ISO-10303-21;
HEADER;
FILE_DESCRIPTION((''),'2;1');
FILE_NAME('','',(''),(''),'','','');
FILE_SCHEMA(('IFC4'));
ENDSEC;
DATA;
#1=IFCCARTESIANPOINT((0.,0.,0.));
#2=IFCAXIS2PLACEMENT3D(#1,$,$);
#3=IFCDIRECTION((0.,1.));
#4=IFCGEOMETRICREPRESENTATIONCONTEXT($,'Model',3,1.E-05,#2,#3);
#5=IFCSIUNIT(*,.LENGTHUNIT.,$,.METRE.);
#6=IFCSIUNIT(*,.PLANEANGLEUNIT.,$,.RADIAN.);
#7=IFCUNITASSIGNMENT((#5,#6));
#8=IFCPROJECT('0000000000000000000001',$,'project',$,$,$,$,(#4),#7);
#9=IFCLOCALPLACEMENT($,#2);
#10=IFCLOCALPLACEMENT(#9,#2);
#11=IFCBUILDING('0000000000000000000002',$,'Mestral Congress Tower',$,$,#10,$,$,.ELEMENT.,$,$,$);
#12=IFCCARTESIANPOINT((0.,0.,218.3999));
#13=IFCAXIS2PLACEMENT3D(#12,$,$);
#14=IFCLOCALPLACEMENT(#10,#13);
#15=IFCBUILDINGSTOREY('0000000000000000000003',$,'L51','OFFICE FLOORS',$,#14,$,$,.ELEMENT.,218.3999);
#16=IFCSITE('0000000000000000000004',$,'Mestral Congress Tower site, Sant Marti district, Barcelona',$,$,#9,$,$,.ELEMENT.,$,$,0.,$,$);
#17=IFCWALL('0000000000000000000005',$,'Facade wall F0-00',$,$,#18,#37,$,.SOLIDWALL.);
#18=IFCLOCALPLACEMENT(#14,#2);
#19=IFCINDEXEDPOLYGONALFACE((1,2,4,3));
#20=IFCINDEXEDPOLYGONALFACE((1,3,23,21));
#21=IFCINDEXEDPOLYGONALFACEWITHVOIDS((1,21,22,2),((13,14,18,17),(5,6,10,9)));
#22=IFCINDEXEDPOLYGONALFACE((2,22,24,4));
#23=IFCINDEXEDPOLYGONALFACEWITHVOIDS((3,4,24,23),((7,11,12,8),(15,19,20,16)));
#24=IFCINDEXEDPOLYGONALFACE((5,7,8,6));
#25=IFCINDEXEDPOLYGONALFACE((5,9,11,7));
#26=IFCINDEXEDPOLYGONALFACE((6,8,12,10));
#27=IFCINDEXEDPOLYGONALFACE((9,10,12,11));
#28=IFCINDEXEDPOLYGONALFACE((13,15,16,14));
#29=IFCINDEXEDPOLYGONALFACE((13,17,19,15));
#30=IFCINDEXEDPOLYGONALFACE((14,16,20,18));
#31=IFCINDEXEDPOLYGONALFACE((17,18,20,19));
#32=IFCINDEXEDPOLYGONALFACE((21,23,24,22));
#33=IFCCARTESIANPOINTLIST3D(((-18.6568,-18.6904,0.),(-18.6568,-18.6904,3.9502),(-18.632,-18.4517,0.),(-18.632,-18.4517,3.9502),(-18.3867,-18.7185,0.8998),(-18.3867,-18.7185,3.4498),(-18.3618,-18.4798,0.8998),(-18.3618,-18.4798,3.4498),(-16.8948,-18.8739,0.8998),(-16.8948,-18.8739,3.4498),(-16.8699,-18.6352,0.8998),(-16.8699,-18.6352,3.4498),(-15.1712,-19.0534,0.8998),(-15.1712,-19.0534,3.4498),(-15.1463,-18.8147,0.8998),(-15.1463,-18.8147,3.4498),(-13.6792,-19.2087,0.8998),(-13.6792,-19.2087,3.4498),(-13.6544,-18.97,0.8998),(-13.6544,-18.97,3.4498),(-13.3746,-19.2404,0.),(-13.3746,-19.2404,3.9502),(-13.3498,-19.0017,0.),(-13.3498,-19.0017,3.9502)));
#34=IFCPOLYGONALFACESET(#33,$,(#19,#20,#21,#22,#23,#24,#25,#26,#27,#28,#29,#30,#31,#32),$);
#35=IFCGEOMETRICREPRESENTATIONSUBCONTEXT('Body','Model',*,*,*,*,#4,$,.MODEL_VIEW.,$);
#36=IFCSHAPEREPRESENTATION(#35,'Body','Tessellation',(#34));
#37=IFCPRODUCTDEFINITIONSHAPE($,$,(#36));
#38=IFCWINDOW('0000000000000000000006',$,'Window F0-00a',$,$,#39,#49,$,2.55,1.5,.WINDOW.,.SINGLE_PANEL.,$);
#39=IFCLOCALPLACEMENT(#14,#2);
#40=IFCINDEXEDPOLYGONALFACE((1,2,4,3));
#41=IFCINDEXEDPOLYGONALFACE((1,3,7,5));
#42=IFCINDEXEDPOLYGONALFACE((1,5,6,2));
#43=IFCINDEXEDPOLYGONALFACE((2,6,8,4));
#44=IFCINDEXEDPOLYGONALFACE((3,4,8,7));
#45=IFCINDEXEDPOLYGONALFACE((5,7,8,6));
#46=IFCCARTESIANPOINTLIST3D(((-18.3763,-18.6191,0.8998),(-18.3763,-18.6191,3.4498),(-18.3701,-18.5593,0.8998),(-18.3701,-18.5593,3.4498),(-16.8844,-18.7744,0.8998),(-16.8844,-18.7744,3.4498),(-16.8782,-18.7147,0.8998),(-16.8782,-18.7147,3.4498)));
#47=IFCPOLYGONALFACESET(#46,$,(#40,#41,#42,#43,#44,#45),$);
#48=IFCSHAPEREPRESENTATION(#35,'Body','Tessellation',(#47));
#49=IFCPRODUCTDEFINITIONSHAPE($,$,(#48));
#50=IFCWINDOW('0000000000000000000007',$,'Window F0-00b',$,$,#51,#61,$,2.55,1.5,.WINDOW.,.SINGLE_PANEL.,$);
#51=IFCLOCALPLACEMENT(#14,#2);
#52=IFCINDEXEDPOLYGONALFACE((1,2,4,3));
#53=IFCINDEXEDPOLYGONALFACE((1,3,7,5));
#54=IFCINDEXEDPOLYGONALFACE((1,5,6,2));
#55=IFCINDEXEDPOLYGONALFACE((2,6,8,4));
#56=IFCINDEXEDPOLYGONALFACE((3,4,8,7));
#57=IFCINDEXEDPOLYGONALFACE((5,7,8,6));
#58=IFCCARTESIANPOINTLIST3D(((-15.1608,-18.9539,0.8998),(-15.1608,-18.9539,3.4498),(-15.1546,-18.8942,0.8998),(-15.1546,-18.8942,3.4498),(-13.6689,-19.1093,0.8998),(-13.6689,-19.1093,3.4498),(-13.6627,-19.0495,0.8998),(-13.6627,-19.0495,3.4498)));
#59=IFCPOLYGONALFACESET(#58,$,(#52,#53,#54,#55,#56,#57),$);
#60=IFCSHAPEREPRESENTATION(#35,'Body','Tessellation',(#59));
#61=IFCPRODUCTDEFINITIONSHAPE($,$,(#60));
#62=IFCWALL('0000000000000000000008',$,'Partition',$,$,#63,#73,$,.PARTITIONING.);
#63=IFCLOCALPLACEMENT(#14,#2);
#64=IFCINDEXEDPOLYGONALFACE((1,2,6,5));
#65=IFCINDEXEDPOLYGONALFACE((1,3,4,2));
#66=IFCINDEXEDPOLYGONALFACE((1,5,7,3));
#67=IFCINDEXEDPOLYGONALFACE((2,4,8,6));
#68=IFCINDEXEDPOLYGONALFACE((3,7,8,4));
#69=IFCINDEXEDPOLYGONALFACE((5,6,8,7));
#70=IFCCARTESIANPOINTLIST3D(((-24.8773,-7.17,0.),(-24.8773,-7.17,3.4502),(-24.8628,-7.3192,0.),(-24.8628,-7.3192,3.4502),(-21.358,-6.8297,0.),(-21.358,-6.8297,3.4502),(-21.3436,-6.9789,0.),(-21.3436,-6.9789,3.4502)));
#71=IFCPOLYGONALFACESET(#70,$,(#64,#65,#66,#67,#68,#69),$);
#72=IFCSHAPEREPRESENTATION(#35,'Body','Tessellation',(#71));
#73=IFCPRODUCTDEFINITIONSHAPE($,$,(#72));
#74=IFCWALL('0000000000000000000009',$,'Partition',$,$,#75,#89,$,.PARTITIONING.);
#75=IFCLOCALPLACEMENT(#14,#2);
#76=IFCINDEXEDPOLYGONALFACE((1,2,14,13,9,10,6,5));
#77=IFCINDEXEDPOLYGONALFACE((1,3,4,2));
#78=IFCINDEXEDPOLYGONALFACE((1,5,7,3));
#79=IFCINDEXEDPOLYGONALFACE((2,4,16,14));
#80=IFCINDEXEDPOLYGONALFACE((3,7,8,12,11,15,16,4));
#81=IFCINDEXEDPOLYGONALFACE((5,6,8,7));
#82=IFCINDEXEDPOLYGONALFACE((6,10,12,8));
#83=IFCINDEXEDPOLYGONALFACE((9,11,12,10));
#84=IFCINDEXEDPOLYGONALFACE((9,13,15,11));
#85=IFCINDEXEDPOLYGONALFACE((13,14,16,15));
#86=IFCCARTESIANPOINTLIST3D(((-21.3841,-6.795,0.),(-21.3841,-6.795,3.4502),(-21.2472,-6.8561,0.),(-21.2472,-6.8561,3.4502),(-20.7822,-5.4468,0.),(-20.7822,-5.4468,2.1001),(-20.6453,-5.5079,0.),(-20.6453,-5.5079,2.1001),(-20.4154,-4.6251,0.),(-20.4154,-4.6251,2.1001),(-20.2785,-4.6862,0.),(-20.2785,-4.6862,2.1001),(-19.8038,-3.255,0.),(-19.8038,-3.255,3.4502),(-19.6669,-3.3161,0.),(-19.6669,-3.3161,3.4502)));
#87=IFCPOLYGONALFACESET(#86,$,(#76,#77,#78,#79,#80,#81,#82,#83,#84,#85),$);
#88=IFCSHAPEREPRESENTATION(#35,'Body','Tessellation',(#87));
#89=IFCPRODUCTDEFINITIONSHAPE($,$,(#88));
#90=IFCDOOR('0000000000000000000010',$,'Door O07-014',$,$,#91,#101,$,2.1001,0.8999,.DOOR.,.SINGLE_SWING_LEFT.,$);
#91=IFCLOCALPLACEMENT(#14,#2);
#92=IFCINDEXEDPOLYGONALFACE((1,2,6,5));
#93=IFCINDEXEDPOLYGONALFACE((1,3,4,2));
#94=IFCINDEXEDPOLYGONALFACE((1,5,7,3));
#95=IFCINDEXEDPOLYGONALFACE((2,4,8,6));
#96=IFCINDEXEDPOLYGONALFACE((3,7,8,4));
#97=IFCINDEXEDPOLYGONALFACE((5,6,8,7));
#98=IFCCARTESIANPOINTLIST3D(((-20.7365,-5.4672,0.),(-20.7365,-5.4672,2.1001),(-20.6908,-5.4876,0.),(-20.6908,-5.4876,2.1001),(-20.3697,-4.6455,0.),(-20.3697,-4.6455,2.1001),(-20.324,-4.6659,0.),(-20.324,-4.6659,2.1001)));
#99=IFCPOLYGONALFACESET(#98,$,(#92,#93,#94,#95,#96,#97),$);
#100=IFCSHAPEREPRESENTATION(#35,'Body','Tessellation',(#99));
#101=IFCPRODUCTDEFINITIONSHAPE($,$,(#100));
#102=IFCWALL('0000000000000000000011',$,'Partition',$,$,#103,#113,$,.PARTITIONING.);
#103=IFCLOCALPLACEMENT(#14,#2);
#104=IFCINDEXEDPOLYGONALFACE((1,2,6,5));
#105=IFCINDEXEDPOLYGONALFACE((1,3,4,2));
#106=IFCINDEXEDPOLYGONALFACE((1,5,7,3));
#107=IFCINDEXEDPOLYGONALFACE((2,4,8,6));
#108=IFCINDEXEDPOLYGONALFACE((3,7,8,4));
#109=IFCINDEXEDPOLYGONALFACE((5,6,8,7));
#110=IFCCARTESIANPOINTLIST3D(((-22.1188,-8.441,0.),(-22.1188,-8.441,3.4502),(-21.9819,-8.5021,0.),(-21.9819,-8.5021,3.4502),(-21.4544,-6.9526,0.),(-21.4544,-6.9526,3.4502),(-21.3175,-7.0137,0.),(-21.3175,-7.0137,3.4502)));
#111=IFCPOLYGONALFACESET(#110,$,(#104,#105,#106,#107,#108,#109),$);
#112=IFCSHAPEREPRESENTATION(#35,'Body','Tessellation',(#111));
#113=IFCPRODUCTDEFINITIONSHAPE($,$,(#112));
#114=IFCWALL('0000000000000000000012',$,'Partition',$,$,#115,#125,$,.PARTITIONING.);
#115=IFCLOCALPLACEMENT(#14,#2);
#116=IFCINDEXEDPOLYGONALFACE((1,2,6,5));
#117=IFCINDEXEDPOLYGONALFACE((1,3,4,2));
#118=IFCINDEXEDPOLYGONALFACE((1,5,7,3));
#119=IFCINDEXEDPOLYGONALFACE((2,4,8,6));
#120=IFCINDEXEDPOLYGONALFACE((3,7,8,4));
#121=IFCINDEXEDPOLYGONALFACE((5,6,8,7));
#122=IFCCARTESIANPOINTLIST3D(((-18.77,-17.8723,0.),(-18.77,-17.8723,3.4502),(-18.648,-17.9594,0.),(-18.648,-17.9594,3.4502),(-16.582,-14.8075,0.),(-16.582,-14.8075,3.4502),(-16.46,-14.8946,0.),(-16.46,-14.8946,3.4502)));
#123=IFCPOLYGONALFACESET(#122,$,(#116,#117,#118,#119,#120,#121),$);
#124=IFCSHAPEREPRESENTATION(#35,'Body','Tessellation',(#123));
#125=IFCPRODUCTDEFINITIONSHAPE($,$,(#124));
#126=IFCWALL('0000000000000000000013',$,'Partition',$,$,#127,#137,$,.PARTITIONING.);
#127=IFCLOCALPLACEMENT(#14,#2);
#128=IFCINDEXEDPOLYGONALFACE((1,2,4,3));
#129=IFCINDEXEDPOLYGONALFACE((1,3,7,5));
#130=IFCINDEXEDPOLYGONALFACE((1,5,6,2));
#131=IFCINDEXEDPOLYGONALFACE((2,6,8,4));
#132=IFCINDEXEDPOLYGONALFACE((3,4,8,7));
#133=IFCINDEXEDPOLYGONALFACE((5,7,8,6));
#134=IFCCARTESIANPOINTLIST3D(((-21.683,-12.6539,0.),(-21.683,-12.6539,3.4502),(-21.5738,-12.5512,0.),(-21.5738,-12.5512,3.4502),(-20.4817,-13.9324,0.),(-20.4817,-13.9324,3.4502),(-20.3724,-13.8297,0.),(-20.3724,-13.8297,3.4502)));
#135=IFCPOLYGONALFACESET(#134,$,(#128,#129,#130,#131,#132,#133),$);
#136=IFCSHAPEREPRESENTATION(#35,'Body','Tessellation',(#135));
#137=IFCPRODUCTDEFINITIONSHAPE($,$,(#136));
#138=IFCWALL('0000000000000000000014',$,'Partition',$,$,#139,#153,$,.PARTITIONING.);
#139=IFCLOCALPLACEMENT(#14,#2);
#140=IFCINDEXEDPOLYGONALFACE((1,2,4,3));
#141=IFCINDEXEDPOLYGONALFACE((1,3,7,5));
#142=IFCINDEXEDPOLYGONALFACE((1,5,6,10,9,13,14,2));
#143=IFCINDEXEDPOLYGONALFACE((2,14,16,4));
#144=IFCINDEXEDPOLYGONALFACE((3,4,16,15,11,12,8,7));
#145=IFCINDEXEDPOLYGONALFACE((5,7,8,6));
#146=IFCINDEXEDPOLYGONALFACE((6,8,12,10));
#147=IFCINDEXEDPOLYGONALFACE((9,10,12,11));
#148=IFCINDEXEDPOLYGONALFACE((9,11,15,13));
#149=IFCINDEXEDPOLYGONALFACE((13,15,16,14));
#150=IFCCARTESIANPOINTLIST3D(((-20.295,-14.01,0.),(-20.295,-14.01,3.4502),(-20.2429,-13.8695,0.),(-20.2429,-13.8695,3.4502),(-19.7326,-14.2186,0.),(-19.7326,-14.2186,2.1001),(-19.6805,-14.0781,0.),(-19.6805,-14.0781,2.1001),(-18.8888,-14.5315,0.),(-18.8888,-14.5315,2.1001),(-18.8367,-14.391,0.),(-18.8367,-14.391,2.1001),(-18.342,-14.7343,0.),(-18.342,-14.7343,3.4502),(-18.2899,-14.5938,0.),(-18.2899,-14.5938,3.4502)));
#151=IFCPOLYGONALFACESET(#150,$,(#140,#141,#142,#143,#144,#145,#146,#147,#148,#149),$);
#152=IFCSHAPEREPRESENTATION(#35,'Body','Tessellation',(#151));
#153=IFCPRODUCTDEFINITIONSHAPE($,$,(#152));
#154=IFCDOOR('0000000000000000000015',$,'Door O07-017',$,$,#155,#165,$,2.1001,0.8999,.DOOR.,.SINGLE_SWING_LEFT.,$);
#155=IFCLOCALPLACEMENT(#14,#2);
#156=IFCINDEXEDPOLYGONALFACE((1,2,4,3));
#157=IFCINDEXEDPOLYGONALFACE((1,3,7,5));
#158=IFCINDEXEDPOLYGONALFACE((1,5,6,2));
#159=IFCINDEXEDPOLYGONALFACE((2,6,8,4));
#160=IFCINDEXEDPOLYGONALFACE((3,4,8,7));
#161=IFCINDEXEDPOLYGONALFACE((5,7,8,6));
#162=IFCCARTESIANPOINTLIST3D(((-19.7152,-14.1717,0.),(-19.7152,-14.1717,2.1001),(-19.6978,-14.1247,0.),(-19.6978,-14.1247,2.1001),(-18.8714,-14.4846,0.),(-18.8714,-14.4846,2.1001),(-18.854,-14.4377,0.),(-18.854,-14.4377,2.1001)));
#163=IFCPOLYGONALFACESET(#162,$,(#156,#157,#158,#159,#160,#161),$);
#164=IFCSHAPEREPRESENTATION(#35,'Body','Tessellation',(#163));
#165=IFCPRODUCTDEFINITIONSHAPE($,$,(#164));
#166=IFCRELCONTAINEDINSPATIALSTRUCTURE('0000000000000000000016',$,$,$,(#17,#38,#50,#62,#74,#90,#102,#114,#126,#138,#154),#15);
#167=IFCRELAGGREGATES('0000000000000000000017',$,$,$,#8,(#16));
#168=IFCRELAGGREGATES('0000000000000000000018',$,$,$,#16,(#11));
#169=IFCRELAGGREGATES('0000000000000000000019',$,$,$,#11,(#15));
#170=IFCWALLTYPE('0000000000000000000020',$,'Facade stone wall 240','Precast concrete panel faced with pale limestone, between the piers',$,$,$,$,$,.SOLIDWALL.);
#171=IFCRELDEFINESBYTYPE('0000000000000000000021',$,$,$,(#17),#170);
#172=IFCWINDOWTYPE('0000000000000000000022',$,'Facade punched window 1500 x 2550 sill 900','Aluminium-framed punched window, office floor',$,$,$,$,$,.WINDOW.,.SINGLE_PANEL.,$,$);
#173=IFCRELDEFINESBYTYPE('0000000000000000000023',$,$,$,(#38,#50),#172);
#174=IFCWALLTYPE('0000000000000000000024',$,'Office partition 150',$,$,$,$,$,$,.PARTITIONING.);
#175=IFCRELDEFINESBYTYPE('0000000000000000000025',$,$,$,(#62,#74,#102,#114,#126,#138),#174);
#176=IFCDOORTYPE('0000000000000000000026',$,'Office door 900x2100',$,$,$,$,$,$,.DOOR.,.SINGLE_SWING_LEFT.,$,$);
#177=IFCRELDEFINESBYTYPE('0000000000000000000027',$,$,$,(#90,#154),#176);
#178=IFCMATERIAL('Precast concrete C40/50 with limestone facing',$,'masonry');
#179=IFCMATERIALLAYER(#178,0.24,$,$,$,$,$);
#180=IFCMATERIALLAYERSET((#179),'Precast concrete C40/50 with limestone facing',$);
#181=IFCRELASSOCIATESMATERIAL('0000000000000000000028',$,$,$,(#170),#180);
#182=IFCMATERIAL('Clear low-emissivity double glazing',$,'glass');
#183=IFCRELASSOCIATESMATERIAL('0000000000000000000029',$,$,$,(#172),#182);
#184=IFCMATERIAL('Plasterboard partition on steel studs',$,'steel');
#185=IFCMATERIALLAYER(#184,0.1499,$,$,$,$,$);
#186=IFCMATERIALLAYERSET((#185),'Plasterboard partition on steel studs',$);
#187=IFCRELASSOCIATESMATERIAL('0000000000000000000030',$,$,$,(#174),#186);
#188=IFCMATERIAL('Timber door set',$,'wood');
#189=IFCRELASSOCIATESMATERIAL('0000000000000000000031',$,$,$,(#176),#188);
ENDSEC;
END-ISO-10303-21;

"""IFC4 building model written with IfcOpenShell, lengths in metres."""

from ifc_helpers import new_model, si_unit, direction, frame, frame_2d, origin, place, context, subcontext, project, spatial, rectangle, extrude, material, layer, layer_set, type_object, element, fill, save


model = new_model("IFC4")

# Units and contexts
model_context = context("Model", 3, precision=1e-05, world=origin(), true_north=direction((0.0, 1.0)))
body_context = subcontext(model_context, "Body", "Model", "MODEL_VIEW")
ifc_project = project(units=[si_unit("LENGTHUNIT", "METRE"), si_unit("PLANEANGLEUNIT", "RADIAN")], contexts=[model_context])

# Site, building, storey
site_placement = place(None, origin())
site = spatial("IfcSite", under=ifc_project, at=site_placement, Name="Mestral Congress Tower site, Sant Marti district, Barcelona", CompositionType="ELEMENT", RefElevation=0.0)
building_placement = place(site_placement, origin())
building = spatial("IfcBuilding", under=site, at=building_placement, Name="Mestral Congress Tower", CompositionType="ELEMENT")
storey_placement = place(building_placement, frame((0.0, 0.0, 218.3999)))
storey = spatial("IfcBuildingStorey", under=building, at=storey_placement, Name="L51", Description="OFFICE FLOORS", CompositionType="ELEMENT", Elevation=218.3999)

# Wall, openings, windows
ifc_material_1 = material(Name="Precast concrete C40/50 with limestone facing", Category="masonry")
ifc_layer_1 = layer(ifc_material_1, 0.24)
ifc_layer_set_1 = layer_set([ifc_layer_1], Name="Precast concrete C40/50 with limestone facing")
wall_type_1 = type_object("IfcWallType", Name="Facade stone wall 240", Description="Precast concrete panel faced with pale limestone, between the piers", PredefinedType="SOLIDWALL", material=ifc_layer_set_1)
wall_1_placement = place(storey_placement, frame((-18.6443, -18.571, 0.0), z_axis=(0.0, 0.0, 1.0), x_axis=(0.994622, -0.103572, 0.0)))
wall_1 = element("IfcWall", 1, at=wall_1_placement, inside=storey, type_object=wall_type_1, Name="Facade wall F0-00", PredefinedType="SOLIDWALL", context=body_context, shape_type="SweptSolid", body=[
    extrude(rectangle(XDim=5.3108, YDim=0.24, at=frame_2d((2.6553, 0.0))), origin(), (0.0, 0.0, 1.0), 3.9502),
])
opening_1_placement = place(wall_1_placement, frame((0.2715, 0.0, 0.8999)))
opening_1 = element("IfcOpeningElement", 2, at=opening_1_placement, cuts=wall_1, PredefinedType="OPENING", context=body_context, shape_type="SweptSolid", body=[
    extrude(rectangle(XDim=1.5, YDim=2.55, at=frame_2d((0.75, 1.2749))), frame((0.0, 0.1299, 0.0), z_axis=(0.0, -1.0, 0.0), x_axis=(1.0, 0.0, 0.0)), (0.0, 0.0, 1.0), 0.26),
])
opening_2_placement = place(wall_1_placement, frame((3.5044, 0.0, 0.8999)))
opening_2 = element("IfcOpeningElement", 3, at=opening_2_placement, cuts=wall_1, PredefinedType="OPENING", context=body_context, shape_type="SweptSolid", body=[
    extrude(rectangle(XDim=1.5, YDim=2.55, at=frame_2d((0.75, 1.2749))), frame((0.0, 0.1299, 0.0), z_axis=(0.0, -1.0, 0.0), x_axis=(1.0, 0.0, 0.0)), (0.0, 0.0, 1.0), 0.26),
])
ifc_material_2 = material(Name="Clear low-emissivity double glazing", Category="glass")
window_type = type_object("IfcWindowType", Name="Facade punched window 1500 x 2550 sill 900", Description="Aluminium-framed punched window, office floor", PartitioningType="SINGLE_PANEL", PredefinedType="WINDOW", material=ifc_material_2)
window_1_placement = place(opening_1_placement, origin())
window_1 = element("IfcWindow", 4, at=window_1_placement, inside=storey, type_object=window_type, Name="Window F0-00a", OverallHeight=2.55, OverallWidth=1.5, PartitioningType="SINGLE_PANEL", PredefinedType="WINDOW", context=body_context, shape_type="SweptSolid", body=[
    extrude(rectangle(XDim=1.5, YDim=2.55, at=frame_2d((0.75, 1.2749))), frame((0.0, 0.04, 0.0), z_axis=(0.0, -1.0, 0.0), x_axis=(1.0, 0.0, 0.0)), (0.0, 0.0, 1.0), 0.0601),
])
fill(opening_1, window_1)
window_2_placement = place(opening_2_placement, origin())
window_2 = element("IfcWindow", 5, at=window_2_placement, inside=storey, type_object=window_type, Name="Window F0-00b", OverallHeight=2.55, OverallWidth=1.5, PartitioningType="SINGLE_PANEL", PredefinedType="WINDOW", context=body_context, shape_type="SweptSolid", body=[
    extrude(rectangle(XDim=1.5, YDim=2.55, at=frame_2d((0.75, 1.2749))), frame((0.0, 0.04, 0.0), z_axis=(0.0, -1.0, 0.0), x_axis=(1.0, 0.0, 0.0)), (0.0, 0.0, 1.0), 0.0601),
])
fill(opening_2, window_2)

# Wall
ifc_material_3 = material(Name="Plasterboard partition on steel studs", Category="steel")
ifc_layer_2 = layer(ifc_material_3, 0.1499)
ifc_layer_set_2 = layer_set([ifc_layer_2], Name="Plasterboard partition on steel studs")
wall_type_2 = type_object("IfcWallType", Name="Office partition 150", PredefinedType="PARTITIONING", material=ifc_layer_set_2)
wall_2_placement = place(storey_placement, frame((-21.3508, -6.9043, 0.0), z_axis=(0.0, 0.0, 1.0), x_axis=(-0.995357, -0.096256, 0.0)))
element("IfcWall", 6, at=wall_2_placement, inside=storey, type_object=wall_type_2, Name="Partition", PredefinedType="PARTITIONING", context=body_context, shape_type="SweptSolid", body=[
    extrude(rectangle(XDim=3.5356, YDim=0.1499, at=frame_2d((1.7678, 0.0))), origin(), (0.0, 0.0, 1.0), 3.4502),
])

# Wall, opening, door
wall_3_placement = place(storey_placement, frame((-21.3157, -6.8257, 0.0), z_axis=(0.0, 0.0, 1.0), x_axis=(0.40764, 0.913143, 0.0)))
wall_3 = element("IfcWall", 7, at=wall_3_placement, inside=storey, type_object=wall_type_2, Name="Partition", PredefinedType="PARTITIONING", context=body_context, shape_type="SweptSolid", body=[
    extrude(rectangle(XDim=3.8767, YDim=0.1499, at=frame_2d((1.9385, 0.0))), origin(), (0.0, 0.0, 1.0), 3.4502),
])
opening_3_placement = place(wall_3_placement, frame((1.4766, 0.0, 0.0)))
opening_3 = element("IfcOpeningElement", 8, at=opening_3_placement, cuts=wall_3, PredefinedType="OPENING", context=body_context, shape_type="SweptSolid", body=[
    extrude(rectangle(XDim=0.8999, YDim=2.1001, at=frame_2d((0.45, 1.05))), frame((0.0, 0.085, 0.0), z_axis=(0.0, -1.0, 0.0), x_axis=(1.0, 0.0, 0.0)), (0.0, 0.0, 1.0), 0.1699),
])
ifc_material_4 = material(Name="Timber door set", Category="wood")
door_type_1 = type_object("IfcDoorType", Name="Office door 900x2100", OperationType="SINGLE_SWING_LEFT", PredefinedType="DOOR", material=ifc_material_4)
door_1_placement = place(opening_3_placement, origin())
door_1 = element("IfcDoor", 9, at=door_1_placement, inside=storey, type_object=door_type_1, Name="Door O07-014", OperationType="SINGLE_SWING_LEFT", OverallHeight=2.1001, OverallWidth=0.8999, PredefinedType="DOOR", context=body_context, shape_type="SweptSolid", body=[
    extrude(rectangle(XDim=0.8999, YDim=2.1001, at=frame_2d((0.45, 1.05))), frame((0.0, 0.0249, 0.0), z_axis=(0.0, -1.0, 0.0), x_axis=(1.0, 0.0, 0.0)), (0.0, 0.0, 1.0), 0.05),
])
fill(opening_3, door_1)

# Walls
wall_4_placement = place(storey_placement, frame((-21.386, -6.9832, 0.0), z_axis=(0.0, 0.0, 1.0), x_axis=(-0.407597, -0.913162, 0.0)))
element("IfcWall", 10, at=wall_4_placement, inside=storey, type_object=wall_type_2, Name="Partition", PredefinedType="PARTITIONING", context=body_context, shape_type="SweptSolid", body=[
    extrude(rectangle(XDim=1.6299, YDim=0.1499, at=frame_2d((0.8149, 0.0))), origin(), (0.0, 0.0, 1.0), 3.4502),
])
wall_5_placement = place(storey_placement, frame((-16.521, -14.8511, 0.0), z_axis=(0.0, 0.0, 1.0), x_axis=(-0.581048, -0.813869, 0.0)))
element("IfcWall", 11, at=wall_5_placement, inside=storey, type_object=wall_type_2, Name="Partition", PredefinedType="PARTITIONING", context=body_context, shape_type="SweptSolid", body=[
    extrude(rectangle(XDim=3.7656, YDim=0.1499, at=frame_2d((1.8828, 0.0))), origin(), (0.0, 0.0, 1.0), 3.4502),
])
wall_6_placement = place(storey_placement, frame((-21.6284, -12.6025, 0.0), z_axis=(0.0, 0.0, 1.0), x_axis=(0.684778, -0.728751, 0.0)))
element("IfcWall", 12, at=wall_6_placement, inside=storey, type_object=wall_type_2, Name="Partition", PredefinedType="PARTITIONING", context=body_context, shape_type="SweptSolid", body=[
    extrude(rectangle(XDim=1.7544, YDim=0.1499, at=frame_2d((0.8772, 0.0))), origin(), (0.0, 0.0, 1.0), 3.4502),
])

# Wall, opening, door
wall_7_placement = place(storey_placement, frame((-18.3159, -14.6641, 0.0), z_axis=(0.0, 0.0, 1.0), x_axis=(-0.937595, 0.34773, 0.0)))
wall_7 = element("IfcWall", 13, at=wall_7_placement, inside=storey, type_object=wall_type_2, Name="Partition", PredefinedType="PARTITIONING", context=body_context, shape_type="SweptSolid", body=[
    extrude(rectangle(XDim=2.083, YDim=0.1499, at=frame_2d((1.0415, 0.0))), origin(), (0.0, 0.0, 1.0), 3.4502),
])
opening_4_placement = place(wall_7_placement, frame((0.5833, 0.0, 0.0)))
opening_4 = element("IfcOpeningElement", 14, at=opening_4_placement, cuts=wall_7, PredefinedType="OPENING", context=body_context, shape_type="SweptSolid", body=[
    extrude(rectangle(XDim=0.8999, YDim=2.1001, at=frame_2d((0.45, 1.05))), frame((0.0, 0.085, 0.0), z_axis=(0.0, -1.0, 0.0), x_axis=(1.0, 0.0, 0.0)), (0.0, 0.0, 1.0), 0.1699),
])
door_2_placement = place(opening_4_placement, origin())
door_2 = element("IfcDoor", 15, at=door_2_placement, inside=storey, type_object=door_type_1, Name="Door O07-017", OperationType="SINGLE_SWING_LEFT", OverallHeight=2.1001, OverallWidth=0.8999, PredefinedType="DOOR", context=body_context, shape_type="SweptSolid", body=[
    extrude(rectangle(XDim=0.8999, YDim=2.1001, at=frame_2d((0.45, 1.05))), frame((0.0, 0.0249, 0.0), z_axis=(0.0, -1.0, 0.0), x_axis=(1.0, 0.0, 0.0)), (0.0, 0.0, 1.0), 0.05),
])
fill(opening_4, door_2)

save(model, "model.ifc")
